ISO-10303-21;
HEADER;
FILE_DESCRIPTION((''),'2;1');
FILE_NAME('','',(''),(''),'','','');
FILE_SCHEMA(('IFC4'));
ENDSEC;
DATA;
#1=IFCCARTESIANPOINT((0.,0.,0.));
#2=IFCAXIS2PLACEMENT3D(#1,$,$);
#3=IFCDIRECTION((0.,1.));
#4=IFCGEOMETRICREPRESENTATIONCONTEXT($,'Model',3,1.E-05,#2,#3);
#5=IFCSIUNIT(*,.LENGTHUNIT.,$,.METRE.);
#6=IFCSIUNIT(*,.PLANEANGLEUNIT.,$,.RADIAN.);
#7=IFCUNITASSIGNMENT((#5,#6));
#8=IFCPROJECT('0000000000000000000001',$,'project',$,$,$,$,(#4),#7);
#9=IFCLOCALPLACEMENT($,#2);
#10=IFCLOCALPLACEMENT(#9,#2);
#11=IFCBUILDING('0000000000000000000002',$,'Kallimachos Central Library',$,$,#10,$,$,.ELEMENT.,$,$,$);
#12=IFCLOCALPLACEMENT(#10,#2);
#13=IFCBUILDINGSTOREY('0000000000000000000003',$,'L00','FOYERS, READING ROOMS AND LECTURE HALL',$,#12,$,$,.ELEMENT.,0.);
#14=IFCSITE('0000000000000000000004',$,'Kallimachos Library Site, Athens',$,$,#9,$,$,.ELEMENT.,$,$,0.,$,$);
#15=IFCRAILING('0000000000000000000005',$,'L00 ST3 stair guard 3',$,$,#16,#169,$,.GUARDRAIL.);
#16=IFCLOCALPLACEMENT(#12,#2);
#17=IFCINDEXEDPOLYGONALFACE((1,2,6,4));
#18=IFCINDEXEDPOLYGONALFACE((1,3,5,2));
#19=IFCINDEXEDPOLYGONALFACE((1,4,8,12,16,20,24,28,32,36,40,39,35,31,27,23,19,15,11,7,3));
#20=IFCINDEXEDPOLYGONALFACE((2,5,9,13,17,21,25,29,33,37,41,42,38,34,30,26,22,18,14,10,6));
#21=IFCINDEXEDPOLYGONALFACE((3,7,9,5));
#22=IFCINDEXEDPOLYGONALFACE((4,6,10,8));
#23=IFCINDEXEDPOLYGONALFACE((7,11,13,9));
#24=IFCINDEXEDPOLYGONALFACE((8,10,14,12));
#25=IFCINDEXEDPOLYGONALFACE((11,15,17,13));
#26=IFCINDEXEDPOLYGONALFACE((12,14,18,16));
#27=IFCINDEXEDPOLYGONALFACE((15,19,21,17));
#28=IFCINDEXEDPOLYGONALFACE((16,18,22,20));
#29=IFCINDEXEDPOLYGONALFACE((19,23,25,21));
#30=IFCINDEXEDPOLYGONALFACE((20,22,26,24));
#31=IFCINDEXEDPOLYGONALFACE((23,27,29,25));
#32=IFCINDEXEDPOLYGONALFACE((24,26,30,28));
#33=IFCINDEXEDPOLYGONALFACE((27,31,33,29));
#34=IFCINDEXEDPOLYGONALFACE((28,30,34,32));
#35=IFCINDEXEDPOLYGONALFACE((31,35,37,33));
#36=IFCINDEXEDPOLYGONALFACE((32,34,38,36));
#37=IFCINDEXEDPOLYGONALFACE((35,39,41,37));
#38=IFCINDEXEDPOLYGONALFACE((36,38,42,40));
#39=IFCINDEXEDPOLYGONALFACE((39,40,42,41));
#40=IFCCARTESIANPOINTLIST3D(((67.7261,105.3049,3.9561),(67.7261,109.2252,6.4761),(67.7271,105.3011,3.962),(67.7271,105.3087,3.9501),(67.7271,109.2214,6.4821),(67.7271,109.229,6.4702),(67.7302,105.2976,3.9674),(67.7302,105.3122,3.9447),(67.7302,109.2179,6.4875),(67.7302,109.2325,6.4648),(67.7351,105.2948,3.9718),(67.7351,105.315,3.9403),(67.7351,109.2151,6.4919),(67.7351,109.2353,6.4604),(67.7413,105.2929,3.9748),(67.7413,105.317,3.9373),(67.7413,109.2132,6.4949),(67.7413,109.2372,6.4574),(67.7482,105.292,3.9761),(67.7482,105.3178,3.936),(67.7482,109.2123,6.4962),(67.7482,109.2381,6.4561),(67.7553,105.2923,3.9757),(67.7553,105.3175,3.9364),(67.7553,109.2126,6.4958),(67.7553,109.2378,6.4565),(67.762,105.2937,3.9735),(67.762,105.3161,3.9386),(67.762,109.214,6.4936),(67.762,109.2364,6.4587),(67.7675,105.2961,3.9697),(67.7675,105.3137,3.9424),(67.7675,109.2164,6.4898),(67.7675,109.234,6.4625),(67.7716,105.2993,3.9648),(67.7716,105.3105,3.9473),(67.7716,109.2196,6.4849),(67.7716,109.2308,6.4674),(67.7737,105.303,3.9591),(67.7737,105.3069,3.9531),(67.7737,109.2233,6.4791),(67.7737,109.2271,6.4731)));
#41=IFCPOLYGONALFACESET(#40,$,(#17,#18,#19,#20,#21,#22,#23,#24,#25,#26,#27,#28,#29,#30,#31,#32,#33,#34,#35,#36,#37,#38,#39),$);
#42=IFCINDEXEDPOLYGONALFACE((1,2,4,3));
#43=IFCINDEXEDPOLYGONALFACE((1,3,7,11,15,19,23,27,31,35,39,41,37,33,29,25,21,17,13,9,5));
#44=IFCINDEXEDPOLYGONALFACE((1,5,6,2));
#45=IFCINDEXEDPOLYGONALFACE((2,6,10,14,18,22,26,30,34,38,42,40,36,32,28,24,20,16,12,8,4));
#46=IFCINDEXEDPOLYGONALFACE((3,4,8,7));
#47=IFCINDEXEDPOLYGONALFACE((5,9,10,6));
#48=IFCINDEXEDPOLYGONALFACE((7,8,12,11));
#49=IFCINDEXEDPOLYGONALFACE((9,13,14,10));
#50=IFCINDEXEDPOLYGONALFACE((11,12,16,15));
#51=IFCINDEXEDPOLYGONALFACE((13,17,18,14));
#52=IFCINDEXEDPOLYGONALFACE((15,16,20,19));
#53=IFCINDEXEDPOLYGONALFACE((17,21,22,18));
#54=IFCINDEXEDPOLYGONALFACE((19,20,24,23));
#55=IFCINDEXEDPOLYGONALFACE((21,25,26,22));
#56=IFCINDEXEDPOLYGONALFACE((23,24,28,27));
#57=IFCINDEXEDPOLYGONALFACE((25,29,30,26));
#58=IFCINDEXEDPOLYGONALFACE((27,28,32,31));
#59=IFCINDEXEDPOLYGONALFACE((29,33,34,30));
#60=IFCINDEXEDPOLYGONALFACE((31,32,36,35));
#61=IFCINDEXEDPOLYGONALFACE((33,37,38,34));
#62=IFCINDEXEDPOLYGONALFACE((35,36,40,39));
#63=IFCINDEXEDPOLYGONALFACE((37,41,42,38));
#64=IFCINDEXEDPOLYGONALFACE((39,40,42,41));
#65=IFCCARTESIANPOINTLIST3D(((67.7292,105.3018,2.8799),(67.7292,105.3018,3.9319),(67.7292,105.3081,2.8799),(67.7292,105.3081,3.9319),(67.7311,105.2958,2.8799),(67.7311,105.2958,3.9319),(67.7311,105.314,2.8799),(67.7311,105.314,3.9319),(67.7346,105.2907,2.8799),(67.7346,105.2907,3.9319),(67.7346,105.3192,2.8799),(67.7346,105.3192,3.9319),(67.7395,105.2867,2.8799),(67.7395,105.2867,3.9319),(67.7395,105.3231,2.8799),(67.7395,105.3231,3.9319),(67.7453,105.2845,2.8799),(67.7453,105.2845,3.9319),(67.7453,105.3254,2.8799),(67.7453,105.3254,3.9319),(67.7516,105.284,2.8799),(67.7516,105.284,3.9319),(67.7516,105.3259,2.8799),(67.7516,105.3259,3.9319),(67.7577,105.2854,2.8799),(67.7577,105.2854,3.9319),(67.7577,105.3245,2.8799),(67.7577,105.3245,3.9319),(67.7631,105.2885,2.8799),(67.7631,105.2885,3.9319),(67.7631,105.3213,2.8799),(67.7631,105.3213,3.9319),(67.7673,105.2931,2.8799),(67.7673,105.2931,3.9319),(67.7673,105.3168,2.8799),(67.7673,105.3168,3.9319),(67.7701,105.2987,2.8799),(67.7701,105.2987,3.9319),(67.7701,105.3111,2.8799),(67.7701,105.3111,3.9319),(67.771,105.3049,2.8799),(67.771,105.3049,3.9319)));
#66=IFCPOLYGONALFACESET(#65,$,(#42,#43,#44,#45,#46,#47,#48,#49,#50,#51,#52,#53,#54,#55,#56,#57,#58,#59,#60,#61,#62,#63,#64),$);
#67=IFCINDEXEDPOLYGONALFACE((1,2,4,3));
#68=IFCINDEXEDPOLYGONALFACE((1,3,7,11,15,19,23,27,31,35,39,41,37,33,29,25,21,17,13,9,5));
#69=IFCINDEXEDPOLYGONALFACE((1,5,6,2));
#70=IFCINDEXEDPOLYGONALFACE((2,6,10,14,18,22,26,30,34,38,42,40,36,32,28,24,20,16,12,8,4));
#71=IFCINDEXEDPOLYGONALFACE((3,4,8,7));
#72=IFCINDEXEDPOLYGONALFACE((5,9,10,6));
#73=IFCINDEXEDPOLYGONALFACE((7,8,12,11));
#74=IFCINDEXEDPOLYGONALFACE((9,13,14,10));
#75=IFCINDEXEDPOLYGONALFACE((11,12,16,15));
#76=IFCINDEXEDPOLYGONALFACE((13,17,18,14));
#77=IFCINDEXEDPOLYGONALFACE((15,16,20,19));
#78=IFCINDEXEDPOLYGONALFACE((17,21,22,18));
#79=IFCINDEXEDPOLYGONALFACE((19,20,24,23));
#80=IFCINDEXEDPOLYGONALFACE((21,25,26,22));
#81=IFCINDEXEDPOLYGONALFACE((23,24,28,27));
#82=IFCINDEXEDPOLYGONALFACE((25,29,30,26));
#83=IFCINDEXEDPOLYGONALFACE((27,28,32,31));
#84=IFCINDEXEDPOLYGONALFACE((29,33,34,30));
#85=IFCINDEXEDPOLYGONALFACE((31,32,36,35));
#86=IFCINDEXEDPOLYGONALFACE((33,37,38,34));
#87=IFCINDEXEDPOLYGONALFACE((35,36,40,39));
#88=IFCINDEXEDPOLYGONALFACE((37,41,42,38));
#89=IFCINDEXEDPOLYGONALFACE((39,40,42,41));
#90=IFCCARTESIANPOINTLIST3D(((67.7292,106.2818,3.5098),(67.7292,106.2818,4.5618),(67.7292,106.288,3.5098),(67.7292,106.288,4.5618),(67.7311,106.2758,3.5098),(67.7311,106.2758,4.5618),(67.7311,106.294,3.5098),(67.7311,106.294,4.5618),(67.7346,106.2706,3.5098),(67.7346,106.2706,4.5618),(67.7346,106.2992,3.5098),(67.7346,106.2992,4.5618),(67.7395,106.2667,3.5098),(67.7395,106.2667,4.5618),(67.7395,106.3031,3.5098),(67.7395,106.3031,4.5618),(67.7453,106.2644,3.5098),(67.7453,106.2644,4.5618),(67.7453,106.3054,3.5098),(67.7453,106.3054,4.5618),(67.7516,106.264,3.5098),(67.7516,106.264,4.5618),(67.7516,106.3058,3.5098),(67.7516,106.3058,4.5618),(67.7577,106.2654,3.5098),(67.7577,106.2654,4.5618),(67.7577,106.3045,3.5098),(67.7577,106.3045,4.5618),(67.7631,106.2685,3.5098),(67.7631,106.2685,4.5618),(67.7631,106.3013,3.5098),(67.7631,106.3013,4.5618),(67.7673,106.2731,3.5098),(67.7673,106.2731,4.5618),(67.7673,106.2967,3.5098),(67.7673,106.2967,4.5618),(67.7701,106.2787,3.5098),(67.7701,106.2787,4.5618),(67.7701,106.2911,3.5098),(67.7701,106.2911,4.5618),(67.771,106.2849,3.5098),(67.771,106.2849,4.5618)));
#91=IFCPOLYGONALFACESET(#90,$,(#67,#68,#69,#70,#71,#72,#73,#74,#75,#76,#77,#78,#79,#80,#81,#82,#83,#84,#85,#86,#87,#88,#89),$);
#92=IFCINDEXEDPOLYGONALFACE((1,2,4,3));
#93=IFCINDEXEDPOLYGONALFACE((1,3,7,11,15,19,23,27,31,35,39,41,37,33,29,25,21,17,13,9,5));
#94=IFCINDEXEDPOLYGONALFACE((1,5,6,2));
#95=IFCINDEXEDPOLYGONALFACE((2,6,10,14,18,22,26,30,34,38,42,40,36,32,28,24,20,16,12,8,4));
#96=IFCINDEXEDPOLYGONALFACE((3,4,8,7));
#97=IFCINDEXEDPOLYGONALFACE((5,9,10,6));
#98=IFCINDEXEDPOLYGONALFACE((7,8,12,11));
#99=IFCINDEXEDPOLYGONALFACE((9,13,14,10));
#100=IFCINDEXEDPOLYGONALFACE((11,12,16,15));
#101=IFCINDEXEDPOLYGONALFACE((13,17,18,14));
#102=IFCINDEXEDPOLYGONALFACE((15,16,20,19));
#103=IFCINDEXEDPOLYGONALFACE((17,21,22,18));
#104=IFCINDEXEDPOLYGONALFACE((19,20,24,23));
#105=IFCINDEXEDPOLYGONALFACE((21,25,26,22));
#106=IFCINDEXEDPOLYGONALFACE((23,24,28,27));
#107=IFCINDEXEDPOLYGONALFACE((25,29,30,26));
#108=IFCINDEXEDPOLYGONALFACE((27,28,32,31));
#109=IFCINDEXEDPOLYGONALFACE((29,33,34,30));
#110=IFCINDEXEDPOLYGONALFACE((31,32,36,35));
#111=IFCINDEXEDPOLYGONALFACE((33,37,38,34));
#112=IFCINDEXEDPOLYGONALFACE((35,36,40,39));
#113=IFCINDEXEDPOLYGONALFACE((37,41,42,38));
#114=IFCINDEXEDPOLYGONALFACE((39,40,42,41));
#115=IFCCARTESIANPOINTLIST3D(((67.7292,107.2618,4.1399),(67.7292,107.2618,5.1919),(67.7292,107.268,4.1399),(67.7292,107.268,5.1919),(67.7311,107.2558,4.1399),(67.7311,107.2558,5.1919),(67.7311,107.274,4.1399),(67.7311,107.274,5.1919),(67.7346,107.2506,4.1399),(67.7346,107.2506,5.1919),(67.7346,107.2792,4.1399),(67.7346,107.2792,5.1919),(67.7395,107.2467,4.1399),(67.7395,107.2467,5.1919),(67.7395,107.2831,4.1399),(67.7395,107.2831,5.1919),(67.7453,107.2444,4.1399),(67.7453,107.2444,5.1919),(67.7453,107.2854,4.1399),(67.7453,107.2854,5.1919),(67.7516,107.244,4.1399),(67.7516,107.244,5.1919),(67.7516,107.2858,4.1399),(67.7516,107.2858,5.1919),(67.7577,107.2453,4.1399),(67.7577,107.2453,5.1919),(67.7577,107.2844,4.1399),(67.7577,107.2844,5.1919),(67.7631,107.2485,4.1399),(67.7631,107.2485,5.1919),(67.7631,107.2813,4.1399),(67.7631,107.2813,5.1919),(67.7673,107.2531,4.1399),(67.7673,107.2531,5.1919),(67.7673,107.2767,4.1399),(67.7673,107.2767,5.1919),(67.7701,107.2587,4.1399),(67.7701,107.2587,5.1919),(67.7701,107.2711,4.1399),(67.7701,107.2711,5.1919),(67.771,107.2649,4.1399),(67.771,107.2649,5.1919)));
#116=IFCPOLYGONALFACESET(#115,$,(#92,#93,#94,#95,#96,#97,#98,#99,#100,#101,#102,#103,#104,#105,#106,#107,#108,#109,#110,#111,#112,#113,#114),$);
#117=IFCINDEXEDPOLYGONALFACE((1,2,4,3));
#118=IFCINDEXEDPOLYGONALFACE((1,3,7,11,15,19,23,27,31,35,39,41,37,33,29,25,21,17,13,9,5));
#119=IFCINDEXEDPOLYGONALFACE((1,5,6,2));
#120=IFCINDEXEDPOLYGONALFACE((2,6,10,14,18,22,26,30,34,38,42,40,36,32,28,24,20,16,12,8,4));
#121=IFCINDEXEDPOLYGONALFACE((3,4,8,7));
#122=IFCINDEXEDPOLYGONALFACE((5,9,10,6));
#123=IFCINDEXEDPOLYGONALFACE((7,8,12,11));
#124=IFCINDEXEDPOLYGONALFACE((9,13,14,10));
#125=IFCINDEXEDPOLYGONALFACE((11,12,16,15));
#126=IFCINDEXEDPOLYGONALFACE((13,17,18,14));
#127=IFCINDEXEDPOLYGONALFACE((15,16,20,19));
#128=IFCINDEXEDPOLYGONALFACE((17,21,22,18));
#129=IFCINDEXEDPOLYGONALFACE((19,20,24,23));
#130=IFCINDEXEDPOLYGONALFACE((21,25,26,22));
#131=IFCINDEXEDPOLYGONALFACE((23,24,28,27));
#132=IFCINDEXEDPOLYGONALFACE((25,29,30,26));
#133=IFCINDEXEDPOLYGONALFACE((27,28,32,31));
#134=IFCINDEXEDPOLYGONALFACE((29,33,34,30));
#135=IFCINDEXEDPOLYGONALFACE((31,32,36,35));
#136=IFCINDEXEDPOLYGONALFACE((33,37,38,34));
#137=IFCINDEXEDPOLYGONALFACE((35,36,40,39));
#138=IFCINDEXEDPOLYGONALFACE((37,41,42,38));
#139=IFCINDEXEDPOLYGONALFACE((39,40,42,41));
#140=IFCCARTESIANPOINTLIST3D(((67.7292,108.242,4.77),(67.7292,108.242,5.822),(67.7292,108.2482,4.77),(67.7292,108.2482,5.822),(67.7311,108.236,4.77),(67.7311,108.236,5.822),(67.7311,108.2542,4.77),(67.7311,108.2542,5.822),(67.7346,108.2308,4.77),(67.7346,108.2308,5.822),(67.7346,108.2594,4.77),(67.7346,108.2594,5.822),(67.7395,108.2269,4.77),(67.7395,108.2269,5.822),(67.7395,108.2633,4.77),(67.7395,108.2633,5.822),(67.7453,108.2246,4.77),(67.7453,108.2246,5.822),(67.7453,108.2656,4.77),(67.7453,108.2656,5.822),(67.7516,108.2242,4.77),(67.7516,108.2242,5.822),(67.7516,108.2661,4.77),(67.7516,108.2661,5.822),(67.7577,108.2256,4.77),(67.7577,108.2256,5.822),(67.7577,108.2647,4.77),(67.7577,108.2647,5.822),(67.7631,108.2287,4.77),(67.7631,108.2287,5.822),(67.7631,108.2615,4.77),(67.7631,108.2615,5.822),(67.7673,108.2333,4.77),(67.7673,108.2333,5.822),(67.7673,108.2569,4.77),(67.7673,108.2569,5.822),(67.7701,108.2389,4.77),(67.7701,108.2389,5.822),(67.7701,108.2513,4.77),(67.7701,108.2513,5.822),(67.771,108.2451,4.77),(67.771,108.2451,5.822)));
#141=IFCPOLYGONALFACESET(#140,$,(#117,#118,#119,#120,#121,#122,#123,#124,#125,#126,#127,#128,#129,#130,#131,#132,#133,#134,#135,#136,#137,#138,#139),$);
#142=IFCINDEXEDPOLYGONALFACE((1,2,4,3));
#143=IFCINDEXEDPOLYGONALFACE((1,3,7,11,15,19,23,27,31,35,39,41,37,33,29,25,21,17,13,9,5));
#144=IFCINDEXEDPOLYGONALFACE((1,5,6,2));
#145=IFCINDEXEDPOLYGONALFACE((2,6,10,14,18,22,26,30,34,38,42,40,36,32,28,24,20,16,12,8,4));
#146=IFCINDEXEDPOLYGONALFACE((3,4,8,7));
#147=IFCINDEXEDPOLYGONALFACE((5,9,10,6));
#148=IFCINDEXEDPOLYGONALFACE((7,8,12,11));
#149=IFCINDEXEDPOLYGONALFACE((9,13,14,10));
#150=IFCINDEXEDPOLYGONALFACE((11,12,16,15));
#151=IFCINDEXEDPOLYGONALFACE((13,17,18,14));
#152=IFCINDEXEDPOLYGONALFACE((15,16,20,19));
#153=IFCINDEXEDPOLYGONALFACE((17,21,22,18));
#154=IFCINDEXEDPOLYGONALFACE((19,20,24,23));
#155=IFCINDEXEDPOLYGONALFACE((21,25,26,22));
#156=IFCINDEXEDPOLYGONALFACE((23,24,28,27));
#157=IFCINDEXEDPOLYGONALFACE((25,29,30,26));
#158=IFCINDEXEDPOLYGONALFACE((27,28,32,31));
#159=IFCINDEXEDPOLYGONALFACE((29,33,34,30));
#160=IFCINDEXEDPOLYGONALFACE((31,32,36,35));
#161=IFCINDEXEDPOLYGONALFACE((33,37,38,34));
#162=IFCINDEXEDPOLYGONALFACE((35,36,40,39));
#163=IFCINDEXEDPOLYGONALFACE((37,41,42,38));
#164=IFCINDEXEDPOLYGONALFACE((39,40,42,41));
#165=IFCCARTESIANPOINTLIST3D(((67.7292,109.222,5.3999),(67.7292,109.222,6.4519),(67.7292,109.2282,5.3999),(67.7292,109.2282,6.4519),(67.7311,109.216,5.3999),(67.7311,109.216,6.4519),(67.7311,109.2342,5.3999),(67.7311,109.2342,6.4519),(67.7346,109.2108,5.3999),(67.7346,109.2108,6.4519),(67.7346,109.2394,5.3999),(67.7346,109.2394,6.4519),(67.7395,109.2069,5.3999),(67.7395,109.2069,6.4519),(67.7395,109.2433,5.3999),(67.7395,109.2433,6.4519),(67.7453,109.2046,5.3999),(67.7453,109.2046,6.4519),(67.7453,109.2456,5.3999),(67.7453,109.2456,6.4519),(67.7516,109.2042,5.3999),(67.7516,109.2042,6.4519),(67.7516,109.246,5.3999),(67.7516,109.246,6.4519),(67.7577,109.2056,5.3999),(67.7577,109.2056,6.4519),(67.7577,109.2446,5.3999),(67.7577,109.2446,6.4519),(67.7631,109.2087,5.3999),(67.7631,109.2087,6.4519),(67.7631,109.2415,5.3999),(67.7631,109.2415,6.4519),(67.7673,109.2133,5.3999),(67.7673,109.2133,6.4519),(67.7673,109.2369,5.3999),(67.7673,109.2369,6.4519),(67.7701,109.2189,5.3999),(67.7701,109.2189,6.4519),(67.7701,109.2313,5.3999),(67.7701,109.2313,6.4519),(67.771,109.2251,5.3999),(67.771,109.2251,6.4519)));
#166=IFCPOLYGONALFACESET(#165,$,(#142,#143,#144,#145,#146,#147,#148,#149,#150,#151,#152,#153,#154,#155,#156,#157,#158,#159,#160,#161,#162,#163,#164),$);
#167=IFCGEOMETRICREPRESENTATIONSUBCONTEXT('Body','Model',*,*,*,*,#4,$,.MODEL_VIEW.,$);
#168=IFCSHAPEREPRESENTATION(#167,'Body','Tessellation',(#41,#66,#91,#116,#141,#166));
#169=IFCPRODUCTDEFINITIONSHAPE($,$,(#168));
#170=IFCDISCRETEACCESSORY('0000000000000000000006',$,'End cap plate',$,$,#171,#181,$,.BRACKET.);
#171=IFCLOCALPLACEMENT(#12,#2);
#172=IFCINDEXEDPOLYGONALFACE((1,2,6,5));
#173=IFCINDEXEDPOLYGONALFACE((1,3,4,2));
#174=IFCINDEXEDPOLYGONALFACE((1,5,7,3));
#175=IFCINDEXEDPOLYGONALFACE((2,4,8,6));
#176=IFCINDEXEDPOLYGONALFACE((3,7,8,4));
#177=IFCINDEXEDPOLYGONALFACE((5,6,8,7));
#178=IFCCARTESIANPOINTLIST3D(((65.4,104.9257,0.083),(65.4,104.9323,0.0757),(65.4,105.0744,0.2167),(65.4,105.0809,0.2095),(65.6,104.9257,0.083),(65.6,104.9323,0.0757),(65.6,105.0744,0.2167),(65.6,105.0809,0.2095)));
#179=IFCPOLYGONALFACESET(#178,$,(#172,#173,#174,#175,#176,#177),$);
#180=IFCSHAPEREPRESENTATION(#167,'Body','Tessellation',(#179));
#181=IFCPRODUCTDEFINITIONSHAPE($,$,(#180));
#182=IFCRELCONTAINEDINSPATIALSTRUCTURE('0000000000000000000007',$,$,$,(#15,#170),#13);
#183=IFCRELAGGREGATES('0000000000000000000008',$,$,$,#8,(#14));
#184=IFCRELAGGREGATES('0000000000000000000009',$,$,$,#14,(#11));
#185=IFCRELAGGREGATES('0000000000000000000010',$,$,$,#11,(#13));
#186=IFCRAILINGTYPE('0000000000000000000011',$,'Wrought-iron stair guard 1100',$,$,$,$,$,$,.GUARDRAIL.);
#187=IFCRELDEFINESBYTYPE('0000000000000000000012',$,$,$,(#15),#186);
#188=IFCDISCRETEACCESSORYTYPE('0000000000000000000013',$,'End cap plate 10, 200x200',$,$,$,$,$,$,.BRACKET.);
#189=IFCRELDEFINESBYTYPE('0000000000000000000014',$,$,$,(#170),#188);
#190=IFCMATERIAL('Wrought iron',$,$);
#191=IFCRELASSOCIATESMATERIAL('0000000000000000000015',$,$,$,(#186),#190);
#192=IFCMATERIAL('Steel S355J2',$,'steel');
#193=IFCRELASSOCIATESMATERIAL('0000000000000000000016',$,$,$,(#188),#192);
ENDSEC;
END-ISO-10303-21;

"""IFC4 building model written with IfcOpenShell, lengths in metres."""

from ifc_helpers import new_model, si_unit, direction, frame, origin, origin_2d, place, context, subcontext, project, spatial, rectangle, circle, extrude, material, material_profile, profile_set, type_object, element, save


model = new_model("IFC4")

# Units and contexts
model_context = context("Model", 3, precision=1e-05, world=origin(), true_north=direction((0.0, 1.0)))
body_context = subcontext(model_context, "Body", "Model", "MODEL_VIEW")
ifc_project = project(units=[si_unit("LENGTHUNIT", "METRE"), si_unit("PLANEANGLEUNIT", "RADIAN")], contexts=[model_context])

# Site, building, storey
site_placement = place(None, origin())
site = spatial("IfcSite", under=ifc_project, at=site_placement, Name="Kallimachos Library Site, Athens", CompositionType="ELEMENT", RefElevation=0.0)
building_placement = place(site_placement, origin())
building = spatial("IfcBuilding", under=site, at=building_placement, Name="Kallimachos Central Library", CompositionType="ELEMENT")
storey_placement = place(building_placement, origin())
storey = spatial("IfcBuildingStorey", under=building, at=storey_placement, Name="L00", Description="FOYERS, READING ROOMS AND LECTURE HALL", CompositionType="ELEMENT", Elevation=0.0)

# Railing
ifc_material_1 = material(Name="Wrought iron")
railing_type_1 = type_object("IfcRailingType", Name="Wrought-iron stair guard 1100", PredefinedType="GUARDRAIL", material=ifc_material_1)
railing_1_placement = place(storey_placement, frame((67.75, 105.3049, 2.8799)))
element("IfcRailing", 1, at=railing_1_placement, inside=storey, type_object=railing_type_1, Name="L00 ST3 stair guard 3", PredefinedType="GUARDRAIL", context=body_context, shape_type="SweptSolid", body=[
    extrude(circle(Radius=0.0239, at=origin_2d()), frame((0.0, 0.0, 1.0762), z_axis=(0.0, 0.841187, 0.540744), x_axis=(-1.0, 0.0, 0.0)), (0.0, 0.0, 1.0), 4.6604),
    extrude(circle(Radius=0.021, at=origin_2d()), origin(), (0.0, 0.0, 1.0), 1.052),
    extrude(circle(Radius=0.021, at=origin_2d()), frame((0.0, 0.98, 0.6299)), (0.0, 0.0, 1.0), 1.052),
    extrude(circle(Radius=0.021, at=origin_2d()), frame((0.0, 1.96, 1.26)), (0.0, 0.0, 1.0), 1.052),
    extrude(circle(Radius=0.021, at=origin_2d()), frame((0.0, 2.9402, 1.8901)), (0.0, 0.0, 1.0), 1.052),
    extrude(circle(Radius=0.021, at=origin_2d()), frame((0.0, 3.9202, 2.52)), (0.0, 0.0, 1.0), 1.052),
])

# Discrete accessory
ifc_material_2 = material(Name="Steel S355J2", Category="steel")
ifc_material_profile_1 = material_profile(ifc_material_2, rectangle(XDim=0.2, YDim=0.2, at=origin_2d()), Name="End cap plate 10, 200x200")
ifc_profile_set_1 = profile_set([ifc_material_profile_1], Name="Steel S355J2")
discrete_accessory_type = type_object("IfcDiscreteAccessoryType", Name="End cap plate 10, 200x200", PredefinedType="BRACKET", material=ifc_profile_set_1)
discrete_accessory_placement = place(storey_placement, frame((65.5, 105.0066, 0.1426), z_axis=(0.0, -0.668965, 0.743294), x_axis=(1.0, 0.0, 0.0)))
element("IfcDiscreteAccessory", 2, at=discrete_accessory_placement, inside=storey, type_object=discrete_accessory_type, Name="End cap plate", PredefinedType="BRACKET", context=body_context, shape_type="SweptSolid", body=[
    extrude(rectangle(XDim=0.2, YDim=0.2, at=origin_2d()), origin(), (0.0, 0.0, 1.0), 0.0098),
])

save(model, "model.ifc")
